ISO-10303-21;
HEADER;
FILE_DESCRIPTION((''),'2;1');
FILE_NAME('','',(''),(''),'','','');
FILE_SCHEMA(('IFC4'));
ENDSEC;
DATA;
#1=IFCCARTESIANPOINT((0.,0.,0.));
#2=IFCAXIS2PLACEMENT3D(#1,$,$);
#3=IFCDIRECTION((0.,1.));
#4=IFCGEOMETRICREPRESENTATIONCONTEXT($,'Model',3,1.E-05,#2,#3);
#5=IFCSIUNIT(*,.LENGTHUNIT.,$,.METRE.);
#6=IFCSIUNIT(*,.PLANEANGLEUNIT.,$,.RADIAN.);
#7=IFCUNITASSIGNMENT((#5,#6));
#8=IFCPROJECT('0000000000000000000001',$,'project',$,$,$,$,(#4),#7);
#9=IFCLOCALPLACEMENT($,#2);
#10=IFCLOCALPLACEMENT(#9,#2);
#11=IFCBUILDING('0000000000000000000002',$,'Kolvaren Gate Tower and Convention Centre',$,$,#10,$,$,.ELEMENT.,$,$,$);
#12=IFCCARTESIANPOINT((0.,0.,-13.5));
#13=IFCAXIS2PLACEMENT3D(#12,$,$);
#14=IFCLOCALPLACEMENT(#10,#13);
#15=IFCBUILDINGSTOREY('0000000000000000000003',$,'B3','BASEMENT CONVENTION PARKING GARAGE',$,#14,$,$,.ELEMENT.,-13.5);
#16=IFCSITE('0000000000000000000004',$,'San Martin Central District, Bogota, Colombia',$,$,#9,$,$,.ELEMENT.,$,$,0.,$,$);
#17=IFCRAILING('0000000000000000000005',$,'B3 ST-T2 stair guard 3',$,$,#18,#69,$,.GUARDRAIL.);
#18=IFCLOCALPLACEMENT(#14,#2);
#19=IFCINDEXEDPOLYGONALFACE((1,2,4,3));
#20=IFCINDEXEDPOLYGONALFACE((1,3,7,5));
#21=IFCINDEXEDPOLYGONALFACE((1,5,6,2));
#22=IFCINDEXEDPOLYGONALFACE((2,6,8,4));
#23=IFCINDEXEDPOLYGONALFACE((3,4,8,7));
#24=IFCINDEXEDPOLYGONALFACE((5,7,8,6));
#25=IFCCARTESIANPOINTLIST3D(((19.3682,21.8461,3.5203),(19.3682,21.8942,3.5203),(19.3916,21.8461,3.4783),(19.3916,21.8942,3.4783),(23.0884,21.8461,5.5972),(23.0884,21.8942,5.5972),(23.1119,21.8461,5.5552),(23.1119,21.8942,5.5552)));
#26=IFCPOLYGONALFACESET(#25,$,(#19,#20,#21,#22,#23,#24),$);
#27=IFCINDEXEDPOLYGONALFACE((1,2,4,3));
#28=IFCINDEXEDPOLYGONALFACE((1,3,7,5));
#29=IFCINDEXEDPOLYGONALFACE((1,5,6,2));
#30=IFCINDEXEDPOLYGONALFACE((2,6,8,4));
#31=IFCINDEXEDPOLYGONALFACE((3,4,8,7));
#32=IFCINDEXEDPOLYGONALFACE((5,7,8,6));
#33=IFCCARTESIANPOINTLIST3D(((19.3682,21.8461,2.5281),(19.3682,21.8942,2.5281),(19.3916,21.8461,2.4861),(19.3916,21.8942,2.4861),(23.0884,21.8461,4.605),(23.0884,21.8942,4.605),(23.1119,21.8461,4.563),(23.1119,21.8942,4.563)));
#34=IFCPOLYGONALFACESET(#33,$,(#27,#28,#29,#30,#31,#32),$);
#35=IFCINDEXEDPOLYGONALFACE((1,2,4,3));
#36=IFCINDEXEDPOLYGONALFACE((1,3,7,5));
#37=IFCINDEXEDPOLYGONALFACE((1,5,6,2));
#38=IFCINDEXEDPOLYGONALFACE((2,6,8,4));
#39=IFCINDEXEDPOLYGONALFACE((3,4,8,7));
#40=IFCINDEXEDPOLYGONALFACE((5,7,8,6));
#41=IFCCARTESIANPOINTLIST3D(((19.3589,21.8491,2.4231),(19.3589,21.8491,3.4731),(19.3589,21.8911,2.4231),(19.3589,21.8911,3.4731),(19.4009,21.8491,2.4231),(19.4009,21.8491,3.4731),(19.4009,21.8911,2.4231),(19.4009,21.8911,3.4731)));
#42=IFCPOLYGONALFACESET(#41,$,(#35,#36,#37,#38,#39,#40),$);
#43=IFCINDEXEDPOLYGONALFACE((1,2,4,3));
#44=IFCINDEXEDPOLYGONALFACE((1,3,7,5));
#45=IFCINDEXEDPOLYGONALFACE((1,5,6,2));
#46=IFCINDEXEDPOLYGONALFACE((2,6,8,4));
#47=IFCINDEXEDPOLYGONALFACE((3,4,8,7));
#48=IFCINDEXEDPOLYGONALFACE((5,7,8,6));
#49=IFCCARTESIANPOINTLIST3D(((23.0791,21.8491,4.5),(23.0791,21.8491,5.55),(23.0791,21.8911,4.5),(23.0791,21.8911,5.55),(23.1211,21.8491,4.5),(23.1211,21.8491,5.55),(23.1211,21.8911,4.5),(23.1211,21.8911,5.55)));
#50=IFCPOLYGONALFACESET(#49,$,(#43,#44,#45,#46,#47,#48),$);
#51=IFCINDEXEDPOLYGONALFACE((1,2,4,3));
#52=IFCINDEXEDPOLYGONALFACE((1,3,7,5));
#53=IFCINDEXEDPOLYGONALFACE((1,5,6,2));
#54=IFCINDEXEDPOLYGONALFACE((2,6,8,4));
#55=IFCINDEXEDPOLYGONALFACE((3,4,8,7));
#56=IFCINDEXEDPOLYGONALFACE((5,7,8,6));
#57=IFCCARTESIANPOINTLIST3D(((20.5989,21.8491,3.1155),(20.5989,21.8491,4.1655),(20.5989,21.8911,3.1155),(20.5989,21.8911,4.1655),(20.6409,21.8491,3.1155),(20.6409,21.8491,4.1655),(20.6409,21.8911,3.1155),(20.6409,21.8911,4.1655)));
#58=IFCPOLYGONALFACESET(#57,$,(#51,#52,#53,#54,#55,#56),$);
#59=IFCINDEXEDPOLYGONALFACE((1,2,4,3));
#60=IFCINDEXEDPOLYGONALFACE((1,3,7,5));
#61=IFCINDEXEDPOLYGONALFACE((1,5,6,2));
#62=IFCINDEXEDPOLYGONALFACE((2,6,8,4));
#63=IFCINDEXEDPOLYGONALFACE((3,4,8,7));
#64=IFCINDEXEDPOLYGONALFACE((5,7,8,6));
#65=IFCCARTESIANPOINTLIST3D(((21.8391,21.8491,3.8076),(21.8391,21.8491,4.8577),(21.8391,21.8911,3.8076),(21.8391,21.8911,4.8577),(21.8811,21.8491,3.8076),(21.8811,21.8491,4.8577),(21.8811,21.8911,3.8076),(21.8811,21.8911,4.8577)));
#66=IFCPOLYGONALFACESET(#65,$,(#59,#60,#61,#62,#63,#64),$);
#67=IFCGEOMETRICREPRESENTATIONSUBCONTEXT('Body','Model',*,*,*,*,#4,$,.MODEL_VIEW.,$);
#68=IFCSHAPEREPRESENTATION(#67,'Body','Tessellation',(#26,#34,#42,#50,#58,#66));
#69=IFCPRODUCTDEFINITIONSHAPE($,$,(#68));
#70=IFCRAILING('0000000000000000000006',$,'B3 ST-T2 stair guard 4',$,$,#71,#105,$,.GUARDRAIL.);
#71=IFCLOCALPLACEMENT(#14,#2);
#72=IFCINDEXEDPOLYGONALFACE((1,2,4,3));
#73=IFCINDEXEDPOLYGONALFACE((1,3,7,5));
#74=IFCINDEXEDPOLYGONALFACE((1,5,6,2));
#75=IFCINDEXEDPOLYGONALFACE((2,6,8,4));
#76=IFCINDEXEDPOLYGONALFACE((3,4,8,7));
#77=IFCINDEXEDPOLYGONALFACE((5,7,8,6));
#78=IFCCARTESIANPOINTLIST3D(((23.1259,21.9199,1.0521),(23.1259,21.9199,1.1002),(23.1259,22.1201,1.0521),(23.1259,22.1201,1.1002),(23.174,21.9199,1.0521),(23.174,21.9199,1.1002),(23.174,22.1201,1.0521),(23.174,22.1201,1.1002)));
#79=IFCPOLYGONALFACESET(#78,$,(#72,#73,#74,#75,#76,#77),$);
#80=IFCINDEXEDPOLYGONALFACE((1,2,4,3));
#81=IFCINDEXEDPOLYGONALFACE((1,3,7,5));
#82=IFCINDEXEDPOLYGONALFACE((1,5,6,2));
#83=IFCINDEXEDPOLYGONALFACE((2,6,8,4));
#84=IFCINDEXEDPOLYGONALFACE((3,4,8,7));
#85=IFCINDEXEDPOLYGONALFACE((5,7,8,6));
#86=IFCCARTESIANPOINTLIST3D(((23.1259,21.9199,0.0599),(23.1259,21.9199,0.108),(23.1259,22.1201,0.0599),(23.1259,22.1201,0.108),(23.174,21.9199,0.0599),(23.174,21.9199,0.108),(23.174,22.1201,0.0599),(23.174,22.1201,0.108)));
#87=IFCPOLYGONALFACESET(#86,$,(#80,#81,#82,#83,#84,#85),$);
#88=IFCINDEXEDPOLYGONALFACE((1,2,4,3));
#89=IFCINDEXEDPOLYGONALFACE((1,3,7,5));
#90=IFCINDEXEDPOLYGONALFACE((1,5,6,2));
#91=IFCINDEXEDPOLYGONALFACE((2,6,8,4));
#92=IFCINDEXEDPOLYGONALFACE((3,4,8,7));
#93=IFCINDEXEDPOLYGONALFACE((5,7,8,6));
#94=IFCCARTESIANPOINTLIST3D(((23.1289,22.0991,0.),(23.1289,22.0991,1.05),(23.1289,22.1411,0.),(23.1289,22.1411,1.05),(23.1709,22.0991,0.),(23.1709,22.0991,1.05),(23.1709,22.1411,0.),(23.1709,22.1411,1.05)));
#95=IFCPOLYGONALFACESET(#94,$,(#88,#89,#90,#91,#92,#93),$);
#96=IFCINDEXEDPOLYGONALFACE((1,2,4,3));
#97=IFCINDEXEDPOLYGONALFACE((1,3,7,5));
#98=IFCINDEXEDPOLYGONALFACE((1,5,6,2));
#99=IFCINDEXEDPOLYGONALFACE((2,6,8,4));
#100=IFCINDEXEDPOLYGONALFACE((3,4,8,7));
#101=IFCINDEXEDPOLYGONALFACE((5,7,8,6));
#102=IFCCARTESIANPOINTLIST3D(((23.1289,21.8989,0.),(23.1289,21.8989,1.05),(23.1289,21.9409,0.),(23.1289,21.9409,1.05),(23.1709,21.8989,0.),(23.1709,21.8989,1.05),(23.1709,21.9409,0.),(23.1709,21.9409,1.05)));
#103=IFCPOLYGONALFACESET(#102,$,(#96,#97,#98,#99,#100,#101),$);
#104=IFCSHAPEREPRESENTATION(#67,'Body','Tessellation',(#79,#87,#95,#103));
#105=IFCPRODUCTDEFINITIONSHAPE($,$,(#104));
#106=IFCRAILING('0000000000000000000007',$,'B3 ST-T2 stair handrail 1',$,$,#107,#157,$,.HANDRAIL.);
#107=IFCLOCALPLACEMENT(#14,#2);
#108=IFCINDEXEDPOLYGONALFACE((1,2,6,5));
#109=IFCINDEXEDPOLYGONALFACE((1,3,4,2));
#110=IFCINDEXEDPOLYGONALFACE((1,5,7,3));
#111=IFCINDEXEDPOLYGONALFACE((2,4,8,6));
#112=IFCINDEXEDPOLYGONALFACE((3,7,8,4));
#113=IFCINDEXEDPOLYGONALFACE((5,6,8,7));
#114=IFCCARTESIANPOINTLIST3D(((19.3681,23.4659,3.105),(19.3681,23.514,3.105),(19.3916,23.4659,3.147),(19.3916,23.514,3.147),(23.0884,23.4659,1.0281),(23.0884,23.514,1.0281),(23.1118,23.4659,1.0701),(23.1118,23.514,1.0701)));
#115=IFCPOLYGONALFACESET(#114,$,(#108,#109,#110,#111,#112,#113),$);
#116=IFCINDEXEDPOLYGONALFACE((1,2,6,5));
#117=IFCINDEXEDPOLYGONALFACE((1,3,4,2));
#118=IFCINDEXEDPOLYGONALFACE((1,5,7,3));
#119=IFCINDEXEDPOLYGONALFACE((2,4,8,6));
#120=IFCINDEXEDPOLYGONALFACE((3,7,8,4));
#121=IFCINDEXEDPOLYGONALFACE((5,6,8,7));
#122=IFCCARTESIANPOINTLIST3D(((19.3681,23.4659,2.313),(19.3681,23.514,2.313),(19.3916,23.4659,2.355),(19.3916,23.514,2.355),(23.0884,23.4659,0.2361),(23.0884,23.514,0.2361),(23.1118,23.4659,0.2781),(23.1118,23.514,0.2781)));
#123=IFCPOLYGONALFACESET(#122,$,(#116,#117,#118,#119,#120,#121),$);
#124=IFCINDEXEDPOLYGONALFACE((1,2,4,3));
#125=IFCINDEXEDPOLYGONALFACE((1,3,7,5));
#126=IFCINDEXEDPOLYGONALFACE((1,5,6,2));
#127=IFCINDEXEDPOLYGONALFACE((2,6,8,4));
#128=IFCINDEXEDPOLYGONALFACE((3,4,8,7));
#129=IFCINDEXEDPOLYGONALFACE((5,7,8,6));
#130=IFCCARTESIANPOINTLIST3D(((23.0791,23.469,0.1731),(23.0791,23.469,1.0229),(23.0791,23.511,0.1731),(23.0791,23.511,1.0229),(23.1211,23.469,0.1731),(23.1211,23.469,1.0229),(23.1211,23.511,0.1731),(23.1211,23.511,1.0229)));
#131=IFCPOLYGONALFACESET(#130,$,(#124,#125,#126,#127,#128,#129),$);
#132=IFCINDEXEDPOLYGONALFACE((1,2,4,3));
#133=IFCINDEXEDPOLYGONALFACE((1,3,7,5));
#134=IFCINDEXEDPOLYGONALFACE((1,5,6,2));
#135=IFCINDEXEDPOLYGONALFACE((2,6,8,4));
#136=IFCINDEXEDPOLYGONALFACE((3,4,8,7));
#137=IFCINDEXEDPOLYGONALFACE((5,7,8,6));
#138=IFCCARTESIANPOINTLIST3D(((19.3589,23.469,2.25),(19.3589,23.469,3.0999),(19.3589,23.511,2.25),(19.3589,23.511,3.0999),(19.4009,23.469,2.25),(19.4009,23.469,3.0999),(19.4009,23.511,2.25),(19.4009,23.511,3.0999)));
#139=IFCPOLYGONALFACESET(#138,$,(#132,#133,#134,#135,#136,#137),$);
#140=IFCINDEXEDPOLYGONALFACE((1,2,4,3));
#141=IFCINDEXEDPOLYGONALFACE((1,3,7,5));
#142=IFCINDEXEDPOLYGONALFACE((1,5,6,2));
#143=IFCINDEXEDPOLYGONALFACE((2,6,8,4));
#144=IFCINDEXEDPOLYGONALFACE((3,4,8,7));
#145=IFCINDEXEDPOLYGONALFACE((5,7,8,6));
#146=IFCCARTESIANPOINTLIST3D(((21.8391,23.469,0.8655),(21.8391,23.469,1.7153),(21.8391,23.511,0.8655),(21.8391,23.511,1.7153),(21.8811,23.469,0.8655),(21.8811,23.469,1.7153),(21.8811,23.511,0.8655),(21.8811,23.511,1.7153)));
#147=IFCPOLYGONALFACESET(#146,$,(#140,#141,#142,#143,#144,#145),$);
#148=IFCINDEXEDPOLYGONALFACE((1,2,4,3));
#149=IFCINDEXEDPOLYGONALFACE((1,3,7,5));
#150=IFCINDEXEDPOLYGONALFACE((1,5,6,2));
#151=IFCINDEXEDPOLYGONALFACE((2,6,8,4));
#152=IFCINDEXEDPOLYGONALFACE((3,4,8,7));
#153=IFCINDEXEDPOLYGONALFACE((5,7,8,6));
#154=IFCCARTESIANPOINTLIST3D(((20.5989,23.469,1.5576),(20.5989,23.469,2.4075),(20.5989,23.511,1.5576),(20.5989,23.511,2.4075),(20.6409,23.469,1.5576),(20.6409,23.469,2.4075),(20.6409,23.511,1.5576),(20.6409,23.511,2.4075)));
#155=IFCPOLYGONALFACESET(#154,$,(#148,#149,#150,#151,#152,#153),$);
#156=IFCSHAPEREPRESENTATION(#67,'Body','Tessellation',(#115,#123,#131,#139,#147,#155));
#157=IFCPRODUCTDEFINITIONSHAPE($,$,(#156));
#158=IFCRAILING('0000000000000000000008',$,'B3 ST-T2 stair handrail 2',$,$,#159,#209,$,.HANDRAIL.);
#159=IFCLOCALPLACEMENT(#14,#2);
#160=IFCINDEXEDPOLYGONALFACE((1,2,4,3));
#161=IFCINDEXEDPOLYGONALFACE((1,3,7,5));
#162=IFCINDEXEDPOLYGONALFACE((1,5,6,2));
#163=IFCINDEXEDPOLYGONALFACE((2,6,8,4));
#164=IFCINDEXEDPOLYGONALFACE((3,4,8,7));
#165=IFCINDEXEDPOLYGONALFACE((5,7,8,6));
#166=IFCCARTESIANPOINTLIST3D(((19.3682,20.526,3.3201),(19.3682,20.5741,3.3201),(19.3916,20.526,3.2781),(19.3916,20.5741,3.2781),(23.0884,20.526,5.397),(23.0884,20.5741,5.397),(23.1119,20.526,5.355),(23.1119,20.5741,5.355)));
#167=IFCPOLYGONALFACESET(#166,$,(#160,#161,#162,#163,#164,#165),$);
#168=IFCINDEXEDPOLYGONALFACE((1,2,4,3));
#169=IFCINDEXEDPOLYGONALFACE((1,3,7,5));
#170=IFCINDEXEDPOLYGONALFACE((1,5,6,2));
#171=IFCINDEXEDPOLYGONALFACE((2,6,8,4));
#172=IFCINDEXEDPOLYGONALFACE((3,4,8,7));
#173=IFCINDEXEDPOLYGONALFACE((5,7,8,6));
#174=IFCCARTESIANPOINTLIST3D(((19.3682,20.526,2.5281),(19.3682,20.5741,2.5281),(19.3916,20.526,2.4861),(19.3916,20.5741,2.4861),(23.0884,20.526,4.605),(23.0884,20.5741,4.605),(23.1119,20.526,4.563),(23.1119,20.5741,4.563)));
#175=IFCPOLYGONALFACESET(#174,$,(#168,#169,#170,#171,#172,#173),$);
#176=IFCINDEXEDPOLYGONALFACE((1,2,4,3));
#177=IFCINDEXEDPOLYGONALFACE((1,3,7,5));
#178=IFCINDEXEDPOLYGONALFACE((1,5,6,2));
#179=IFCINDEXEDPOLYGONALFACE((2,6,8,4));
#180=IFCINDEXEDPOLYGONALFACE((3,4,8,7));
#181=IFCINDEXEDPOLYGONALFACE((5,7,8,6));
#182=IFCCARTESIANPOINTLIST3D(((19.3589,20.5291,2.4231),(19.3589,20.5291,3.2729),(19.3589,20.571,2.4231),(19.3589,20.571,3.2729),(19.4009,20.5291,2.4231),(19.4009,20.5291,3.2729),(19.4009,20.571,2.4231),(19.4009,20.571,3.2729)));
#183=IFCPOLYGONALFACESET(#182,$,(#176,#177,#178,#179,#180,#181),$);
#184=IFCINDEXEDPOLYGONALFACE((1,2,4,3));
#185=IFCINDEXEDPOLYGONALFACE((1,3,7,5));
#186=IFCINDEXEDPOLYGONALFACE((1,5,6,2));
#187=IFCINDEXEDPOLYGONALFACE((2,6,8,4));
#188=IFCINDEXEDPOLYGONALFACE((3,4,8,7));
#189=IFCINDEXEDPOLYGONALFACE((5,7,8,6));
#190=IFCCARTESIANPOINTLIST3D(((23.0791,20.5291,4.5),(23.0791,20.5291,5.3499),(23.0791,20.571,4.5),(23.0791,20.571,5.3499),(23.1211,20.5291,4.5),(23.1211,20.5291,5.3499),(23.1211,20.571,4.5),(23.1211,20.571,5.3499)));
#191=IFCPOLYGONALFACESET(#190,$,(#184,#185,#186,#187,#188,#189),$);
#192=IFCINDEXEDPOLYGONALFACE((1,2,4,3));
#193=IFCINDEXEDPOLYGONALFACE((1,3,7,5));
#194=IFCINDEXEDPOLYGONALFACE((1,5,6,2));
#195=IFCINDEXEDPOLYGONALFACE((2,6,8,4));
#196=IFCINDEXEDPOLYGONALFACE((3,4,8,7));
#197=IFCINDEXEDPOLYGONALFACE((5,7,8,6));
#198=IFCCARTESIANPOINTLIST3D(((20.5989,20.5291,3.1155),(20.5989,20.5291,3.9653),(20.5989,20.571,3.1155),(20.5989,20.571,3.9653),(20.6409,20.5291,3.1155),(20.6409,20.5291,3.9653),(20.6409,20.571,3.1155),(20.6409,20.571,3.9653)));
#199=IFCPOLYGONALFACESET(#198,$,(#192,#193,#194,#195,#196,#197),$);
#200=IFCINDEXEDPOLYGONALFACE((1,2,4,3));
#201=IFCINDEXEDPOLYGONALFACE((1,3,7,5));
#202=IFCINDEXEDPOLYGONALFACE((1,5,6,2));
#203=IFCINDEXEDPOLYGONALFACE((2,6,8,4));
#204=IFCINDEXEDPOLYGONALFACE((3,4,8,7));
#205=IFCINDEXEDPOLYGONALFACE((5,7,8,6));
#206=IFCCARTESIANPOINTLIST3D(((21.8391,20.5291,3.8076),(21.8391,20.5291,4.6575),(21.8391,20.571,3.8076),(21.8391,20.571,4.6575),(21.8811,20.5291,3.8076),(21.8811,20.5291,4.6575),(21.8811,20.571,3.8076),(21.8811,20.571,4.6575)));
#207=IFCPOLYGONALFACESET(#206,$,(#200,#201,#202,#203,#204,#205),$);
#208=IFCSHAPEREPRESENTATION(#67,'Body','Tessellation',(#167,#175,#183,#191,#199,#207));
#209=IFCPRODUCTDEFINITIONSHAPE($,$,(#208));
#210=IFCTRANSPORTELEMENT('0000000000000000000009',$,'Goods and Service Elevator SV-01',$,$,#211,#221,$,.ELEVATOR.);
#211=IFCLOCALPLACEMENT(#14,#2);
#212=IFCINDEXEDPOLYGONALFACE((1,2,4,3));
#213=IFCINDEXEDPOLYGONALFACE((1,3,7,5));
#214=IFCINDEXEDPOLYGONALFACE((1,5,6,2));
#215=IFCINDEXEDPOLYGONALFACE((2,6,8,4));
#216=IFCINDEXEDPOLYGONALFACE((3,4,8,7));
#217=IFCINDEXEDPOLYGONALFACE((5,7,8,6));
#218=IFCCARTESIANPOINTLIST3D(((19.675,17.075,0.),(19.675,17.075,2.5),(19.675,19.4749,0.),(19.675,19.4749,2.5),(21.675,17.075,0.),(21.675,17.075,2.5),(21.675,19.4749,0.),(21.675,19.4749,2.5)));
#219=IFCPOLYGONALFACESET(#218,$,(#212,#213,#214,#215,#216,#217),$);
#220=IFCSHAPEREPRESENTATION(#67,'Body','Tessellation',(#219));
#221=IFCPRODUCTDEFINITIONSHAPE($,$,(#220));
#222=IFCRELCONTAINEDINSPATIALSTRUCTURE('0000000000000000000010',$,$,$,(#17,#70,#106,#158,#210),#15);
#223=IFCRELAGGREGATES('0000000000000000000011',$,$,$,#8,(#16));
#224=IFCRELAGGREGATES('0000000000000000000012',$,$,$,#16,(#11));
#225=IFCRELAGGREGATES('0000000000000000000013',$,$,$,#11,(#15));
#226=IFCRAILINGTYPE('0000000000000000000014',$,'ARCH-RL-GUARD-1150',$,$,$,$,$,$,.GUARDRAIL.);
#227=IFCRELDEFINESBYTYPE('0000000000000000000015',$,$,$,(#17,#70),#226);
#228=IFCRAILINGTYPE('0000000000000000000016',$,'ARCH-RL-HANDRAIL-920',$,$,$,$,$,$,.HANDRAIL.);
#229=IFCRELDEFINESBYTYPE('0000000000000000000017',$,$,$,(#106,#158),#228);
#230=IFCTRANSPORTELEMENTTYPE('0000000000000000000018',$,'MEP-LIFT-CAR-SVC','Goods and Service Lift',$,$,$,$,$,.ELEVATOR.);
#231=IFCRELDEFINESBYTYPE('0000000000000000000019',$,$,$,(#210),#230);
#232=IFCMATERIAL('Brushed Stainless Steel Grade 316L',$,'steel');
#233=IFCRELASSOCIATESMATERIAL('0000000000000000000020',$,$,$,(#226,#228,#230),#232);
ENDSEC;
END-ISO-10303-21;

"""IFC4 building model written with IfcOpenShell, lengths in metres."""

from ifc_helpers import new_model, si_unit, direction, frame, origin, origin_2d, place, context, subcontext, project, spatial, rectangle, extrude, material, type_object, element, save


model = new_model("IFC4")

# Units and contexts
model_context = context("Model", 3, precision=1e-05, world=origin(), true_north=direction((0.0, 1.0)))
body_context = subcontext(model_context, "Body", "Model", "MODEL_VIEW")
ifc_project = project(units=[si_unit("LENGTHUNIT", "METRE"), si_unit("PLANEANGLEUNIT", "RADIAN")], contexts=[model_context])

# Site, building, storey
site_placement = place(None, origin())
site = spatial("IfcSite", under=ifc_project, at=site_placement, Name="San Martin Central District, Bogota, Colombia", CompositionType="ELEMENT", RefElevation=0.0)
building_placement = place(site_placement, origin())
building = spatial("IfcBuilding", under=site, at=building_placement, Name="Kolvaren Gate Tower and Convention Centre", CompositionType="ELEMENT")
storey_placement = place(building_placement, frame((0.0, 0.0, -13.5)))
storey = spatial("IfcBuildingStorey", under=building, at=storey_placement, Name="B3", Description="BASEMENT CONVENTION PARKING GARAGE", CompositionType="ELEMENT", Elevation=-13.5)

# Railings
ifc_material_1 = material(Name="Brushed Stainless Steel Grade 316L", Category="steel")
railing_type_1 = type_object("IfcRailingType", Name="ARCH-RL-GUARD-1150", PredefinedType="GUARDRAIL", material=ifc_material_1)
railing_1_placement = place(storey_placement, frame((19.3799, 21.8701, 2.4231)))
element("IfcRailing", 1, at=railing_1_placement, inside=storey, type_object=railing_type_1, Name="B3 ST-T2 stair guard 3", PredefinedType="GUARDRAIL", context=body_context, shape_type="SweptSolid", body=[
    extrude(rectangle(XDim=0.0481, YDim=0.0481, at=origin_2d()), frame((0.0, 0.0, 1.0762), z_axis=(0.873147, 0.0, 0.487457), x_axis=(0.0, 1.0, 0.0)), (0.0, 0.0, 1.0), 4.2607),
    extrude(rectangle(XDim=0.0481, YDim=0.0481, at=origin_2d()), frame((0.0, 0.0, 0.084), z_axis=(0.873147, 0.0, 0.487457), x_axis=(0.0, 1.0, 0.0)), (0.0, 0.0, 1.0), 4.2607),
    extrude(rectangle(XDim=0.042, YDim=0.042, at=origin_2d()), origin(), (0.0, 0.0, 1.0), 1.05),
    extrude(rectangle(XDim=0.042, YDim=0.042, at=origin_2d()), frame((3.7202, 0.0, 2.0769)), (0.0, 0.0, 1.0), 1.05),
    extrude(rectangle(XDim=0.042, YDim=0.042, at=origin_2d()), frame((1.24, 0.0, 0.6924)), (0.0, 0.0, 1.0), 1.05),
    extrude(rectangle(XDim=0.042, YDim=0.042, at=origin_2d()), frame((2.4802, 0.0, 1.3845)), (0.0, 0.0, 1.0), 1.05),
])
railing_2_placement = place(storey_placement, frame((23.1499, 22.1201, 0.0)))
element("IfcRailing", 2, at=railing_2_placement, inside=storey, type_object=railing_type_1, Name="B3 ST-T2 stair guard 4", PredefinedType="GUARDRAIL", context=body_context, shape_type="SweptSolid", body=[
    extrude(rectangle(XDim=0.0481, YDim=0.0481, at=origin_2d()), frame((0.0, 0.0, 1.0762), z_axis=(0.0, -1.0, 0.0), x_axis=(1.0, 0.0, 0.0)), (0.0, 0.0, 1.0), 0.2002),
    extrude(rectangle(XDim=0.0481, YDim=0.0481, at=origin_2d()), frame((0.0, 0.0, 0.084), z_axis=(0.0, -1.0, 0.0), x_axis=(1.0, 0.0, 0.0)), (0.0, 0.0, 1.0), 0.2002),
    extrude(rectangle(XDim=0.042, YDim=0.042, at=origin_2d()), origin(), (0.0, 0.0, 1.0), 1.05),
    extrude(rectangle(XDim=0.042, YDim=0.042, at=origin_2d()), frame((0.0, -0.2002, 0.0)), (0.0, 0.0, 1.0), 1.05),
])
railing_type_2 = type_object("IfcRailingType", Name="ARCH-RL-HANDRAIL-920", PredefinedType="HANDRAIL", material=ifc_material_1)
railing_3_placement = place(storey_placement, frame((23.1001, 23.49, 0.1731)))
element("IfcRailing", 3, at=railing_3_placement, inside=storey, type_object=railing_type_2, Name="B3 ST-T2 stair handrail 1", PredefinedType="HANDRAIL", context=body_context, shape_type="SweptSolid", body=[
    extrude(rectangle(XDim=0.0481, YDim=0.0481, at=origin_2d()), frame((0.0, 0.0, 0.876), z_axis=(-0.873147, 0.0, 0.487457), x_axis=(0.0, -1.0, 0.0)), (0.0, 0.0, 1.0), 4.2607),
    extrude(rectangle(XDim=0.0481, YDim=0.0481, at=origin_2d()), frame((0.0, 0.0, 0.084), z_axis=(-0.873147, 0.0, 0.487457), x_axis=(0.0, -1.0, 0.0)), (0.0, 0.0, 1.0), 4.2607),
    extrude(rectangle(XDim=0.042, YDim=0.042, at=origin_2d()), origin(), (0.0, 0.0, 1.0), 0.8499),
    extrude(rectangle(XDim=0.042, YDim=0.042, at=origin_2d()), frame((-3.7202, 0.0, 2.0769)), (0.0, 0.0, 1.0), 0.8499),
    extrude(rectangle(XDim=0.042, YDim=0.042, at=origin_2d()), frame((-1.24, 0.0, 0.6924)), (0.0, 0.0, 1.0), 0.8499),
    extrude(rectangle(XDim=0.042, YDim=0.042, at=origin_2d()), frame((-2.4802, 0.0, 1.3845)), (0.0, 0.0, 1.0), 0.8499),
])
railing_4_placement = place(storey_placement, frame((19.3799, 20.55, 2.4231)))
element("IfcRailing", 4, at=railing_4_placement, inside=storey, type_object=railing_type_2, Name="B3 ST-T2 stair handrail 2", PredefinedType="HANDRAIL", context=body_context, shape_type="SweptSolid", body=[
    extrude(rectangle(XDim=0.0481, YDim=0.0481, at=origin_2d()), frame((0.0, 0.0, 0.876), z_axis=(0.873147, 0.0, 0.487457), x_axis=(0.0, 1.0, 0.0)), (0.0, 0.0, 1.0), 4.2607),
    extrude(rectangle(XDim=0.0481, YDim=0.0481, at=origin_2d()), frame((0.0, 0.0, 0.084), z_axis=(0.873147, 0.0, 0.487457), x_axis=(0.0, 1.0, 0.0)), (0.0, 0.0, 1.0), 4.2607),
    extrude(rectangle(XDim=0.042, YDim=0.042, at=origin_2d()), origin(), (0.0, 0.0, 1.0), 0.8499),
    extrude(rectangle(XDim=0.042, YDim=0.042, at=origin_2d()), frame((3.7202, 0.0, 2.0769)), (0.0, 0.0, 1.0), 0.8499),
    extrude(rectangle(XDim=0.042, YDim=0.042, at=origin_2d()), frame((1.24, 0.0, 0.6924)), (0.0, 0.0, 1.0), 0.8499),
    extrude(rectangle(XDim=0.042, YDim=0.042, at=origin_2d()), frame((2.4802, 0.0, 1.3845)), (0.0, 0.0, 1.0), 0.8499),
])

# Transport element
transport_element_type = type_object("IfcTransportElementType", Name="MEP-LIFT-CAR-SVC", Description="Goods and Service Lift", PredefinedType="ELEVATOR", material=ifc_material_1)
transport_element_placement = place(storey_placement, frame((20.675, 18.2749, 0.0), z_axis=(0.0, 0.0, 1.0), x_axis=(1.0, 0.0, 0.0)))
element("IfcTransportElement", 5, at=transport_element_placement, inside=storey, type_object=transport_element_type, Name="Goods and Service Elevator SV-01", PredefinedType="ELEVATOR", context=body_context, shape_type="SweptSolid", body=[
    extrude(rectangle(XDim=2.0, YDim=2.3999, at=origin_2d()), origin(), (0.0, 0.0, 1.0), 2.5),
])

save(model, "model.ifc")
